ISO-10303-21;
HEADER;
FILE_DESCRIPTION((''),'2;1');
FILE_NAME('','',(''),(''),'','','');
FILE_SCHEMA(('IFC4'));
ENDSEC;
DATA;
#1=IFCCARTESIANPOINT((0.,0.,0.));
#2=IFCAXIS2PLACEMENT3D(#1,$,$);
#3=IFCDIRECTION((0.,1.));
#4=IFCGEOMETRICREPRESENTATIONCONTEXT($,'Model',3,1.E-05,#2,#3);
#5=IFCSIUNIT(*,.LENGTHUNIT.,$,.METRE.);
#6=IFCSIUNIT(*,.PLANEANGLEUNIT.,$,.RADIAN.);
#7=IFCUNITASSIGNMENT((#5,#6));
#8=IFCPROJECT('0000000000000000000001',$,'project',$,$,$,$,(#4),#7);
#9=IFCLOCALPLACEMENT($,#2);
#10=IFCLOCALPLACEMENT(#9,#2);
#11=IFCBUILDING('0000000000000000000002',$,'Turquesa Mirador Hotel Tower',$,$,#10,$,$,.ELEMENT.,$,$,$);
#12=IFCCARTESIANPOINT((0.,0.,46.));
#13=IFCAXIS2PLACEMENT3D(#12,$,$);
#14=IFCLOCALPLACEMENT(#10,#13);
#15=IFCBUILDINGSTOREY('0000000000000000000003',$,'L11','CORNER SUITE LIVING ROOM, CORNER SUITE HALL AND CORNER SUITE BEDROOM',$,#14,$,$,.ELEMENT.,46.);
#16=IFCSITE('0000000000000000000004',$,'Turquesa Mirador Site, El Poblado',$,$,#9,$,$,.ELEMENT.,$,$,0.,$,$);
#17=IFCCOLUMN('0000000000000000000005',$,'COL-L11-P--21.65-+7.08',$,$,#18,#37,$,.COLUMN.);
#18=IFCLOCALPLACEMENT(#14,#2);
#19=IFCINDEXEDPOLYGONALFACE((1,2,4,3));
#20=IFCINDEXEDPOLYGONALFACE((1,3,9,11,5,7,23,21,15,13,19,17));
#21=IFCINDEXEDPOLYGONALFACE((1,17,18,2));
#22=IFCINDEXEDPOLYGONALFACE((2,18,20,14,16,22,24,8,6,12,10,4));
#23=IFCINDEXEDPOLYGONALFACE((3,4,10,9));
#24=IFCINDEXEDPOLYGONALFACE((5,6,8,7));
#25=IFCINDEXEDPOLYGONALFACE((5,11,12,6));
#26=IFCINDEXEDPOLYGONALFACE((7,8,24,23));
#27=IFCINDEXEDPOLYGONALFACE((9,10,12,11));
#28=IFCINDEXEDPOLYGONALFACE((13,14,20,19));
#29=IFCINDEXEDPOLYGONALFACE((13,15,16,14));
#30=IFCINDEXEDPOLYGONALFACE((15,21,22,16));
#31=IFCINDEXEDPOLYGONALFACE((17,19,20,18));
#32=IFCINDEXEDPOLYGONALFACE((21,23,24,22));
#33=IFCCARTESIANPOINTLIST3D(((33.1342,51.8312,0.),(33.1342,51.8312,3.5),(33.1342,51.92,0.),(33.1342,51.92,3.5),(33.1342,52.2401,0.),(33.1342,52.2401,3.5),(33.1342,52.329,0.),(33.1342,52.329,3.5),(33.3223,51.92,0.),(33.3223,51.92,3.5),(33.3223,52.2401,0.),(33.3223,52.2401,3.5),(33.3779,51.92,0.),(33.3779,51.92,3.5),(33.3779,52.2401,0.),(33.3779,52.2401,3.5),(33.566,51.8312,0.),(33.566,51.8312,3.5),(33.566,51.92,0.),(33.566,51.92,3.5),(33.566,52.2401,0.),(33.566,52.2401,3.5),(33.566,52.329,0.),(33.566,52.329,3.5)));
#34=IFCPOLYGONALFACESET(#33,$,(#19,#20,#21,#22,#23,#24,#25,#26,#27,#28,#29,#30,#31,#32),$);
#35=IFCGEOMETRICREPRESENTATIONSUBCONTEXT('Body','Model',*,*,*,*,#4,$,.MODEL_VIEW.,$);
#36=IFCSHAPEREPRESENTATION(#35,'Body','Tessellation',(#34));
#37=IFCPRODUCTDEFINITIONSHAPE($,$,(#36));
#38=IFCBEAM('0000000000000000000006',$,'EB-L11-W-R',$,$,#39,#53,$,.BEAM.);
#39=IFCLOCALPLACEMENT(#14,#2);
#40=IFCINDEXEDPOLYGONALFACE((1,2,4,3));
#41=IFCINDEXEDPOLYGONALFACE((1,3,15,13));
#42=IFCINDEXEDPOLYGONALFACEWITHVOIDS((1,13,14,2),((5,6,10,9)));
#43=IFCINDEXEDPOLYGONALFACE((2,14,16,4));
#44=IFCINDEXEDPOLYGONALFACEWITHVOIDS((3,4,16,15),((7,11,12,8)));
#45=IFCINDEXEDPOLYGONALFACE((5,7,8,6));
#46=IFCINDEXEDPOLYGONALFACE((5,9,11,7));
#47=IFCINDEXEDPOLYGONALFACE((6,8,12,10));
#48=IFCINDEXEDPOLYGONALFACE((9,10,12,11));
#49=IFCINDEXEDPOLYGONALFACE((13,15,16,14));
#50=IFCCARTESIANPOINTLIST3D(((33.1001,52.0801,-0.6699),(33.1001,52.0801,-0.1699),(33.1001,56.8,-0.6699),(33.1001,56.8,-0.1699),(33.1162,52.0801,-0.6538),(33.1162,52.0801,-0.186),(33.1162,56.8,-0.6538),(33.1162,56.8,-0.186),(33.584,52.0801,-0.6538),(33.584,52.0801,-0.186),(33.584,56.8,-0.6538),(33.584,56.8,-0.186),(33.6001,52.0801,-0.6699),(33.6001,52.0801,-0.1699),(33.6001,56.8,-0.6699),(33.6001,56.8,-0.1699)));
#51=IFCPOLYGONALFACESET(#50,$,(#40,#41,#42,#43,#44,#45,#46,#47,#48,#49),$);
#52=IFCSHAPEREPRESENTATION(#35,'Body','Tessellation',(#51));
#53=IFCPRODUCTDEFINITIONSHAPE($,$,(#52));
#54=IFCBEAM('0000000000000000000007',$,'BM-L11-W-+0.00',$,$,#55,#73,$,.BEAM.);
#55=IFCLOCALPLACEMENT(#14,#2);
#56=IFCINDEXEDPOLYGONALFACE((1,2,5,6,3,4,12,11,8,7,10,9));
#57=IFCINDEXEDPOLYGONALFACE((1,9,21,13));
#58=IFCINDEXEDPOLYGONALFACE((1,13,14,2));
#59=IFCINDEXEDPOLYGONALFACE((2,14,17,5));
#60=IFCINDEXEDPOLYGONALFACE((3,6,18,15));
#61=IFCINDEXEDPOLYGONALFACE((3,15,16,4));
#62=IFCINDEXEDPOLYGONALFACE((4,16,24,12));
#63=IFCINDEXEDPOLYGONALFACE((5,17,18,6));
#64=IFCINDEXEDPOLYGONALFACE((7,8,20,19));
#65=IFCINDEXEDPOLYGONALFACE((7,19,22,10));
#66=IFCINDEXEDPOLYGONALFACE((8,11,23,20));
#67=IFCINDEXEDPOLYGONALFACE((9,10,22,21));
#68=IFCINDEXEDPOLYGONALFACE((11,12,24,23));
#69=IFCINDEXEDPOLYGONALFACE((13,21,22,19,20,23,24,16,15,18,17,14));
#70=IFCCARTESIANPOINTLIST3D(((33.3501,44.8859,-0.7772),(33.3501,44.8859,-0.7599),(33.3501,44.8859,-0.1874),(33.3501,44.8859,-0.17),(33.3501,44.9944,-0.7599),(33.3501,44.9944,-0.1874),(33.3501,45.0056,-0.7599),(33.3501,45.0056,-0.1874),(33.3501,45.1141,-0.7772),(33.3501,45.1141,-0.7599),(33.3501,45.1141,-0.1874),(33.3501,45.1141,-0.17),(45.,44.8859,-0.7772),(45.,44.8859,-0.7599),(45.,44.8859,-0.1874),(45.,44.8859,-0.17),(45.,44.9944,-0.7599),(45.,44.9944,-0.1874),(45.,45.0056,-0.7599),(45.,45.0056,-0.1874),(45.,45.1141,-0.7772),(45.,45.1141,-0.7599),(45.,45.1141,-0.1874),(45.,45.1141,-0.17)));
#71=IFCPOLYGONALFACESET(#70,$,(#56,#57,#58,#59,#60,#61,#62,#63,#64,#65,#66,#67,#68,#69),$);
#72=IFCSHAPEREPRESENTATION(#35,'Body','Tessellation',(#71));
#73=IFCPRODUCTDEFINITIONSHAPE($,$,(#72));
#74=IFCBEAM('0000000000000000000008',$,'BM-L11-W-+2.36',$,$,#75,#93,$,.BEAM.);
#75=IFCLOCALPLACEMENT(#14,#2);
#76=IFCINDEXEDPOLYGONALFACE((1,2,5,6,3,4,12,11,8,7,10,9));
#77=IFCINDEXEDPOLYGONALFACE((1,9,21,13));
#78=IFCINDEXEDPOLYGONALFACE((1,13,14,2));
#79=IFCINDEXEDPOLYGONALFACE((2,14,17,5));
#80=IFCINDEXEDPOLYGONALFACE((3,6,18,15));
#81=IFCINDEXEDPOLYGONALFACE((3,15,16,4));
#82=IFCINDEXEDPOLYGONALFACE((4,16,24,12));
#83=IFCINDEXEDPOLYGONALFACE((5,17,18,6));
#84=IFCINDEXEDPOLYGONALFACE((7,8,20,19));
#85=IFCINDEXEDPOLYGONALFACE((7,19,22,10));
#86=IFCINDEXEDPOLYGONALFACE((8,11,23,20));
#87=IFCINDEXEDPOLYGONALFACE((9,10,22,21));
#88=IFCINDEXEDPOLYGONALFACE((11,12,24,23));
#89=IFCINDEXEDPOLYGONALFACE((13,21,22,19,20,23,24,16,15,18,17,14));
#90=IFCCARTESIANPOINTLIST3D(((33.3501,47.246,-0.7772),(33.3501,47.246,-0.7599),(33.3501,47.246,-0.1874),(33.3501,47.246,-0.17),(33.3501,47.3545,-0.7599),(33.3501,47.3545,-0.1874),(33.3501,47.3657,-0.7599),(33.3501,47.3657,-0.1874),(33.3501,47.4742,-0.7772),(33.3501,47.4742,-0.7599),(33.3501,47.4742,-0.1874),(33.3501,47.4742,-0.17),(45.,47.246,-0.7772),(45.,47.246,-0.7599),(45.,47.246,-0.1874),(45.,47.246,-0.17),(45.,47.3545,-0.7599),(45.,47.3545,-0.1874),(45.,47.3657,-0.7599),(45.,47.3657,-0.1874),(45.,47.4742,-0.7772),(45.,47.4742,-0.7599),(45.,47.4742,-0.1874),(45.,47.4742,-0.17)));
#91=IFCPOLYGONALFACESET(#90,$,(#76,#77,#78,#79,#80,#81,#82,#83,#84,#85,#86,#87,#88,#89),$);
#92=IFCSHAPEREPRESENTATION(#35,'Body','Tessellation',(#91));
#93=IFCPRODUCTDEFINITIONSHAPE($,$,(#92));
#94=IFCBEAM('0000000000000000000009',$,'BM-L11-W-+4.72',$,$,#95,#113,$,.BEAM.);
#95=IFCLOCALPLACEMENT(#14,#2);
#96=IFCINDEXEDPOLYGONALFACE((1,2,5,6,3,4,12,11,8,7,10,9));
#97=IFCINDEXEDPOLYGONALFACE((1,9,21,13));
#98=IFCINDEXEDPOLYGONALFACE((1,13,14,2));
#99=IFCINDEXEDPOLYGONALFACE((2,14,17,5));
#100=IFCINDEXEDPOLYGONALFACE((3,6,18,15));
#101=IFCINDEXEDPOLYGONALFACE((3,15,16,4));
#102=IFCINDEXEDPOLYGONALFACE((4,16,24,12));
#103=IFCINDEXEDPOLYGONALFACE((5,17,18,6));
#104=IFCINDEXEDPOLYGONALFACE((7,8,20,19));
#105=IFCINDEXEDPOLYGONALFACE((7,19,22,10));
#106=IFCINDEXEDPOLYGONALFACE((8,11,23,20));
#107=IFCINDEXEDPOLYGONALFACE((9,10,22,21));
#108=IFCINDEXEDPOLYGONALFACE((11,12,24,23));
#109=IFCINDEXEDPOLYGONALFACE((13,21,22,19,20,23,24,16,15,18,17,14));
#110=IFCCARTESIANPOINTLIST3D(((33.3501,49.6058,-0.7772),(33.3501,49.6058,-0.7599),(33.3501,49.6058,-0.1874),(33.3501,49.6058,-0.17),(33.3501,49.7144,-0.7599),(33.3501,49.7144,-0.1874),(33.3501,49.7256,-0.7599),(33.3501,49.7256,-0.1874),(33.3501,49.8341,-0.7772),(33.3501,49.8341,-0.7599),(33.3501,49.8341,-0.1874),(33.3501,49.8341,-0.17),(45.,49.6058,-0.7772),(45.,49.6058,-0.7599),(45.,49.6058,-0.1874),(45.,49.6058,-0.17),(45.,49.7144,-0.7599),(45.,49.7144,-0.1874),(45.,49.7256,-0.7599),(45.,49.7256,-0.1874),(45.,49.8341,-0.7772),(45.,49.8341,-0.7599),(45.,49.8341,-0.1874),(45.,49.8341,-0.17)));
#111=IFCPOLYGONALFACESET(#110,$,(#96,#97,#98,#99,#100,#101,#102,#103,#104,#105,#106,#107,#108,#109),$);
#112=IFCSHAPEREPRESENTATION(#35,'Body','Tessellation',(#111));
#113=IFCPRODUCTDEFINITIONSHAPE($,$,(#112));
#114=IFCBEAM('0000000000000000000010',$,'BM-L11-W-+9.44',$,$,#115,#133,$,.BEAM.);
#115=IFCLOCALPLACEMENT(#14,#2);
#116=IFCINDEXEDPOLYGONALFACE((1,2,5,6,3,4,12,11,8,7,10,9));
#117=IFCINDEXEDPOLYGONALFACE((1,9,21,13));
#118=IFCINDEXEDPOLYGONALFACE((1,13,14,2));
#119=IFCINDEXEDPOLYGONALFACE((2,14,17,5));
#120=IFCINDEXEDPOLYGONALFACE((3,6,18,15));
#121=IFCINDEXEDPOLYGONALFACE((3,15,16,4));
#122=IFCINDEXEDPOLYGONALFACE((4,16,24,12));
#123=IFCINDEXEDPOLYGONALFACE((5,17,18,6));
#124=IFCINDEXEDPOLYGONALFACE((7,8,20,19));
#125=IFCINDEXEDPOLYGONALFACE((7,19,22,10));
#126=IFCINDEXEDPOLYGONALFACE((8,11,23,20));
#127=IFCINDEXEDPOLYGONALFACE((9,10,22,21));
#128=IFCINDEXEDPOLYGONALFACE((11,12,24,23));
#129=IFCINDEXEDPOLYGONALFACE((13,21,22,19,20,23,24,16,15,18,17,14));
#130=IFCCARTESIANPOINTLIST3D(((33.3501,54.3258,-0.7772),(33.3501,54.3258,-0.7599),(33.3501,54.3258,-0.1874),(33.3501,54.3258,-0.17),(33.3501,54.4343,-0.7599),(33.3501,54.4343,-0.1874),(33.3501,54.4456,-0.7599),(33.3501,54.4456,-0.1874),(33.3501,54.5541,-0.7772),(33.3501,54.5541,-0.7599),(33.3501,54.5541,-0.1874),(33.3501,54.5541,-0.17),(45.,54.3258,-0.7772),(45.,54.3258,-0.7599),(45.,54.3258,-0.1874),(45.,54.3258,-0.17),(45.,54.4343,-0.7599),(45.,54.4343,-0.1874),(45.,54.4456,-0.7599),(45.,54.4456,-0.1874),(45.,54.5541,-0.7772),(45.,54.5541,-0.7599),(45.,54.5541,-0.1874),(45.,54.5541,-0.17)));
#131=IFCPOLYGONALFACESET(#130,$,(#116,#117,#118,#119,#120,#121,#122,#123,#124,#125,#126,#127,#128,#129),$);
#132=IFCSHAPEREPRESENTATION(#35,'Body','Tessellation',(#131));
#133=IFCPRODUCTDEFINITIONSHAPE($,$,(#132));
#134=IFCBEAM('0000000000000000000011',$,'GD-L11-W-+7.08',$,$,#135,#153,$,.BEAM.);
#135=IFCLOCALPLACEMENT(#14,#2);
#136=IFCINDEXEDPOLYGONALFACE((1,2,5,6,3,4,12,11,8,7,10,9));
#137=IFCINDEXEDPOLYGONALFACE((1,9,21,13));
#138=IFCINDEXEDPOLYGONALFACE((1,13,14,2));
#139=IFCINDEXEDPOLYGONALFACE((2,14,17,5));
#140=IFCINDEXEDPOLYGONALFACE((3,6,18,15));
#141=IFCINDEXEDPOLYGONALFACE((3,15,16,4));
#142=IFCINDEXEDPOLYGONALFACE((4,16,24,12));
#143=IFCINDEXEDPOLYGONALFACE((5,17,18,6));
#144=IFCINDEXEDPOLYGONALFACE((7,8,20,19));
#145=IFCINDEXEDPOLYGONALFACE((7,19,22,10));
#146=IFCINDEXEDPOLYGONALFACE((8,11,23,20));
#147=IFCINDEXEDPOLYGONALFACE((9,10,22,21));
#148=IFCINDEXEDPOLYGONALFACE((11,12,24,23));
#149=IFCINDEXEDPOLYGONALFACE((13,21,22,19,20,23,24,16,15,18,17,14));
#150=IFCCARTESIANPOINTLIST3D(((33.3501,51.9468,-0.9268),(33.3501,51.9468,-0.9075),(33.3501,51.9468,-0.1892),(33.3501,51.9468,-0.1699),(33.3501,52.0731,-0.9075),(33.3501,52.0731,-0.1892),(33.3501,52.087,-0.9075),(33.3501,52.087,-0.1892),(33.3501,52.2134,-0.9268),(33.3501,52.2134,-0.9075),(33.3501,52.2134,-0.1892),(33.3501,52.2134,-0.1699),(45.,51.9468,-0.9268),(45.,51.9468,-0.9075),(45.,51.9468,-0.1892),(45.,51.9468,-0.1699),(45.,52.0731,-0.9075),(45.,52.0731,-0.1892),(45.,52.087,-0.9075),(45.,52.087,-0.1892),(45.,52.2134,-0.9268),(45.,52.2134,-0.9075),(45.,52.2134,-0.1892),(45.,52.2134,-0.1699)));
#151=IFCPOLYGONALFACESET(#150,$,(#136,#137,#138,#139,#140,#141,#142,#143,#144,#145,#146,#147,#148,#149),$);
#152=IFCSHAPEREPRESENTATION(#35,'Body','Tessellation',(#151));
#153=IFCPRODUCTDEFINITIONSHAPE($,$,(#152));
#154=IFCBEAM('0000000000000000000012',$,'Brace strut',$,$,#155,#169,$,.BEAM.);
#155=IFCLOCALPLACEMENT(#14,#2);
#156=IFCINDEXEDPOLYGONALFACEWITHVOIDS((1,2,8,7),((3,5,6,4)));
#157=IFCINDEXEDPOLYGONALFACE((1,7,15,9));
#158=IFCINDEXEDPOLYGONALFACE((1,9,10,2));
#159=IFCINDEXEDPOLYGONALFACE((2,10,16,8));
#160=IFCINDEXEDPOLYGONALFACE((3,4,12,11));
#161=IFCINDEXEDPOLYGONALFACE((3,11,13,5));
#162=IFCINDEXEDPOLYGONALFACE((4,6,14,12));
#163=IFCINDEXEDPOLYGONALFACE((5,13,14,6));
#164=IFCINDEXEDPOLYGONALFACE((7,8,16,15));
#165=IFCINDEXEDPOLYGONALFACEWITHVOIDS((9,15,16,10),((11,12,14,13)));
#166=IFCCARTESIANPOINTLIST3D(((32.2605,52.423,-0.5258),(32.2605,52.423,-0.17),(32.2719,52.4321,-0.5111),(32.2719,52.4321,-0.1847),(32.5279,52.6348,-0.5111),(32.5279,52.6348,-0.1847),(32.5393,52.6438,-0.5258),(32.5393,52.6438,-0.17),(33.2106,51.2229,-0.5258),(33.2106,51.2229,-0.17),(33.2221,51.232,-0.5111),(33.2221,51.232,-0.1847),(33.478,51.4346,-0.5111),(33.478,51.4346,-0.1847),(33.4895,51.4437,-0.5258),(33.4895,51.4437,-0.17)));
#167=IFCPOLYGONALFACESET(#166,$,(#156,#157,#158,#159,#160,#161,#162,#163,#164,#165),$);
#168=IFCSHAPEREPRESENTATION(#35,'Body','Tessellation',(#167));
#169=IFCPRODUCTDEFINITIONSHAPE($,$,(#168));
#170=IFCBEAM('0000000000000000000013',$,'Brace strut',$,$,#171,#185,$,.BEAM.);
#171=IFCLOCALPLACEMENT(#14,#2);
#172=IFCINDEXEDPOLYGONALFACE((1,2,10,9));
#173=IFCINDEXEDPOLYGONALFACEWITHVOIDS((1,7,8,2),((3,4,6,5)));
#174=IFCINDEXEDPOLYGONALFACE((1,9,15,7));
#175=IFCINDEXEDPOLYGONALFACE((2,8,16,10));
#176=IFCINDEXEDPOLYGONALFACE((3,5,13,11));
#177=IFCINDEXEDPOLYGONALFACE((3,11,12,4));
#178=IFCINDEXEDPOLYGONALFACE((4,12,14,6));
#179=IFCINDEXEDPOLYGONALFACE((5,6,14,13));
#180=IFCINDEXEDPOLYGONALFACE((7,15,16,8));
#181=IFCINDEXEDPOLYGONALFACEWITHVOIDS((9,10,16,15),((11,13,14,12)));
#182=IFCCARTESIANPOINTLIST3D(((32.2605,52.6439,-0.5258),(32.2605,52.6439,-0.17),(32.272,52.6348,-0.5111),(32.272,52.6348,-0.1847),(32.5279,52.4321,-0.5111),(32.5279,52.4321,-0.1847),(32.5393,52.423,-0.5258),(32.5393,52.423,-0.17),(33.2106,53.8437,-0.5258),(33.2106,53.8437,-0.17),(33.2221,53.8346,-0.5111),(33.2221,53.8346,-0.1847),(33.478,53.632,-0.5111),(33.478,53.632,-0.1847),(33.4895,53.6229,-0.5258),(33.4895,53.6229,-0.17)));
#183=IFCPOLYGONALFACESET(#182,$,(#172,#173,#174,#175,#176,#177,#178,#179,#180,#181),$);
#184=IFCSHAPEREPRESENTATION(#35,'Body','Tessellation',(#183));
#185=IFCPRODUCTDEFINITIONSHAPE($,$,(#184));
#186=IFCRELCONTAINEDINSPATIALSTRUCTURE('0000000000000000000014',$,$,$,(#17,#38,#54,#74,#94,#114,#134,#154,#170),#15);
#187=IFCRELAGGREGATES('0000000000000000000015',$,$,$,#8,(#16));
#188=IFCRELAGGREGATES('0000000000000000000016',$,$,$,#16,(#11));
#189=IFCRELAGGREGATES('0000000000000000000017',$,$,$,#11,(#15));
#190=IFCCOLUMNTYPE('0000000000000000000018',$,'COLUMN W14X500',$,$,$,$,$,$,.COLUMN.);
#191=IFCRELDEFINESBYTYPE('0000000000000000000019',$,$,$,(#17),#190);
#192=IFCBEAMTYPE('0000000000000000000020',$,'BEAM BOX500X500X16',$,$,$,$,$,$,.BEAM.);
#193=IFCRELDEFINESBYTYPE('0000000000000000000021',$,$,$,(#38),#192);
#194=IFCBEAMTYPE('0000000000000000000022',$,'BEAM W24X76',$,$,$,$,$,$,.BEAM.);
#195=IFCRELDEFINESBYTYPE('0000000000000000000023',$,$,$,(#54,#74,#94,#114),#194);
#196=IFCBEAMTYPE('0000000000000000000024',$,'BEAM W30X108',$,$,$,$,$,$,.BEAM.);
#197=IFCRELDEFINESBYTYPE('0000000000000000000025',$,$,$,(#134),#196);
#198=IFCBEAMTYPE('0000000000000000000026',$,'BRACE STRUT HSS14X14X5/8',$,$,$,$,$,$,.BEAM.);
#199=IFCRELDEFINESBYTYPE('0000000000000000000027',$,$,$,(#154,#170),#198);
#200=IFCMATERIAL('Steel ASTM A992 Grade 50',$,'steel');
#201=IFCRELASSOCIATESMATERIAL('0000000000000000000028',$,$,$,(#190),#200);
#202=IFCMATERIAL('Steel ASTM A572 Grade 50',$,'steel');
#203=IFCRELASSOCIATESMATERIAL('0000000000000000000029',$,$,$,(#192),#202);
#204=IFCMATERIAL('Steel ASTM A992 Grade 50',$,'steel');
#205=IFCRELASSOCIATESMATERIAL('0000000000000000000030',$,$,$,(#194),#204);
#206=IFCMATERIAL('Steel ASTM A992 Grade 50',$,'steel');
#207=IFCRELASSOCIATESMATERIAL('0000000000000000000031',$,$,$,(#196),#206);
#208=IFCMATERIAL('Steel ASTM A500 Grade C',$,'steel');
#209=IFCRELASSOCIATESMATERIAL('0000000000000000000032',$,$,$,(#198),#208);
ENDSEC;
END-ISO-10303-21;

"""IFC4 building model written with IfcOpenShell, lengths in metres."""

from ifc_helpers import new_model, si_unit, direction, frame, origin, origin_2d, place, context, subcontext, project, spatial, hollow_rectangle, i_section, extrude, material, material_profile, profile_set, type_object, element, save


model = new_model("IFC4")

# Units and contexts
model_context = context("Model", 3, precision=1e-05, world=origin(), true_north=direction((0.0, 1.0)))
body_context = subcontext(model_context, "Body", "Model", "MODEL_VIEW")
ifc_project = project(units=[si_unit("LENGTHUNIT", "METRE"), si_unit("PLANEANGLEUNIT", "RADIAN")], contexts=[model_context])

# Site, building, storey
site_placement = place(None, origin())
site = spatial("IfcSite", under=ifc_project, at=site_placement, Name="Turquesa Mirador Site, El Poblado", CompositionType="ELEMENT", RefElevation=0.0)
building_placement = place(site_placement, origin())
building = spatial("IfcBuilding", under=site, at=building_placement, Name="Turquesa Mirador Hotel Tower", CompositionType="ELEMENT")
storey_placement = place(building_placement, frame((0.0, 0.0, 46.0)))
storey = spatial("IfcBuildingStorey", under=building, at=storey_placement, Name="L11", Description="CORNER SUITE LIVING ROOM, CORNER SUITE HALL AND CORNER SUITE BEDROOM", CompositionType="ELEMENT", Elevation=46.0)

# Column
ifc_material_1 = material(Name="Steel ASTM A992 Grade 50", Category="steel")
ifc_material_profile_1 = material_profile(ifc_material_1, i_section(OverallWidth=0.4319, OverallDepth=0.4978, WebThickness=0.0557, FlangeThickness=0.0889, at=origin_2d()), Name="W14X500")
ifc_profile_set_1 = profile_set([ifc_material_profile_1], Name="Steel ASTM A992 Grade 50")
column_type = type_object("IfcColumnType", Name="COLUMN W14X500", PredefinedType="COLUMN", material=ifc_profile_set_1)
column_placement = place(storey_placement, frame((33.3501, 52.0801, 0.0), z_axis=(0.0, 0.0, 1.0), x_axis=(1.0, 0.0, 0.0)))
element("IfcColumn", 1, at=column_placement, inside=storey, type_object=column_type, Name="COL-L11-P--21.65-+7.08", PredefinedType="COLUMN", context=body_context, shape_type="SweptSolid", body=[
    extrude(i_section(OverallWidth=0.4319, OverallDepth=0.4978, WebThickness=0.0557, FlangeThickness=0.0889, at=origin_2d()), origin(), (0.0, 0.0, 1.0), 3.5),
])

# Beams
ifc_material_2 = material(Name="Steel ASTM A572 Grade 50", Category="steel")
ifc_material_profile_2 = material_profile(ifc_material_2, hollow_rectangle(XDim=0.5, YDim=0.5, WallThickness=0.0161, at=origin_2d()), Name="BOX500X500X16")
ifc_profile_set_2 = profile_set([ifc_material_profile_2], Name="Steel ASTM A572 Grade 50")
beam_type_1 = type_object("IfcBeamType", Name="BEAM BOX500X500X16", PredefinedType="BEAM", material=ifc_profile_set_2)
beam_1_placement = place(storey_placement, frame((33.3501, 52.0801, -0.4199), z_axis=(0.0, 1.0, 0.0), x_axis=(-1.0, 0.0, 0.0)))
element("IfcBeam", 2, at=beam_1_placement, inside=storey, type_object=beam_type_1, Name="EB-L11-W-R", PredefinedType="BEAM", context=body_context, shape_type="SweptSolid", body=[
    extrude(hollow_rectangle(XDim=0.5, YDim=0.5, WallThickness=0.0161, at=origin_2d()), origin(), (0.0, 0.0, 1.0), 4.72),
])
ifc_material_3 = material(Name="Steel ASTM A992 Grade 50", Category="steel")
ifc_material_profile_3 = material_profile(ifc_material_3, i_section(OverallWidth=0.2283, OverallDepth=0.6072, WebThickness=0.0112, FlangeThickness=0.0173, at=origin_2d()), Name="W24X76")
ifc_profile_set_3 = profile_set([ifc_material_profile_3], Name="Steel ASTM A992 Grade 50")
beam_type_2 = type_object("IfcBeamType", Name="BEAM W24X76", PredefinedType="BEAM", material=ifc_profile_set_3)
for number, where, z_axis, x_axis, name in (
    (3, (33.3501, 45.0, -0.4736), (1.0, 0.0, 0.0), (0.0, 1.0, 0.0), "BM-L11-W-+0.00"),
    (4, (33.3501, 47.3601, -0.4736), (1.0, 0.0, 0.0), (0.0, 1.0, 0.0), "BM-L11-W-+2.36"),
    (5, (33.3501, 49.72, -0.4736), (1.0, 0.0, 0.0), (0.0, 1.0, 0.0), "BM-L11-W-+4.72"),
    (6, (33.3501, 54.4399, -0.4736), (1.0, 0.0, 0.0), (0.0, 1.0, 0.0), "BM-L11-W-+9.44"),
):
    element("IfcBeam", number, at=place(storey_placement, frame(where, z_axis=z_axis, x_axis=x_axis)), inside=storey, type_object=beam_type_2, Name=name, PredefinedType="BEAM", context=body_context, shape_type="SweptSolid", body=[
        extrude(i_section(OverallWidth=0.2283, OverallDepth=0.6072, WebThickness=0.0112, FlangeThickness=0.0173, at=origin_2d()), origin(), (0.0, 0.0, 1.0), 11.6499),
    ])
ifc_material_4 = material(Name="Steel ASTM A992 Grade 50", Category="steel")
ifc_material_profile_4 = material_profile(ifc_material_4, i_section(OverallWidth=0.2666, OverallDepth=0.7568, WebThickness=0.0139, FlangeThickness=0.0193, at=origin_2d()), Name="W30X108")
ifc_profile_set_4 = profile_set([ifc_material_profile_4], Name="Steel ASTM A992 Grade 50")
beam_type_3 = type_object("IfcBeamType", Name="BEAM W30X108", PredefinedType="BEAM", material=ifc_profile_set_4)
beam_2_placement = place(storey_placement, frame((33.3501, 52.0801, -0.5483), z_axis=(1.0, 0.0, 0.0), x_axis=(0.0, 1.0, 0.0)))
element("IfcBeam", 7, at=beam_2_placement, inside=storey, type_object=beam_type_3, Name="GD-L11-W-+7.08", PredefinedType="BEAM", context=body_context, shape_type="SweptSolid", body=[
    extrude(i_section(OverallWidth=0.2666, OverallDepth=0.7568, WebThickness=0.0139, FlangeThickness=0.0193, at=origin_2d()), origin(), (0.0, 0.0, 1.0), 11.6499),
])
ifc_material_5 = material(Name="Steel ASTM A500 Grade C", Category="steel")
ifc_material_profile_5 = material_profile(ifc_material_5, hollow_rectangle(XDim=0.3557, YDim=0.3557, WallThickness=0.0146, at=origin_2d()), Name="HSS14X14X5/8")
ifc_profile_set_5 = profile_set([ifc_material_profile_5], Name="Steel ASTM A500 Grade C")
beam_type_4 = type_object("IfcBeamType", Name="BRACE STRUT HSS14X14X5/8", PredefinedType="BEAM", material=ifc_profile_set_5)
beam_3_placement = place(storey_placement, frame((32.3999, 52.5334, -0.3479), z_axis=(0.620719, -0.784033, 0.0), x_axis=(0.784033, 0.620719, 0.0)))
element("IfcBeam", 8, at=beam_3_placement, inside=storey, type_object=beam_type_4, Name="Brace strut", PredefinedType="BEAM", context=body_context, shape_type="SweptSolid", body=[
    extrude(hollow_rectangle(XDim=0.3557, YDim=0.3557, WallThickness=0.0146, at=origin_2d()), origin(), (0.0, 0.0, 1.0), 1.5308),
])
beam_4_placement = place(storey_placement, frame((32.3999, 52.5334, -0.3479), z_axis=(0.620797, 0.783971, 0.0), x_axis=(-0.783971, 0.620797, 0.0)))
element("IfcBeam", 9, at=beam_4_placement, inside=storey, type_object=beam_type_4, Name="Brace strut", PredefinedType="BEAM", context=body_context, shape_type="SweptSolid", body=[
    extrude(hollow_rectangle(XDim=0.3557, YDim=0.3557, WallThickness=0.0146, at=origin_2d()), origin(), (0.0, 0.0, 1.0), 1.5305),
])

save(model, "model.ifc")
